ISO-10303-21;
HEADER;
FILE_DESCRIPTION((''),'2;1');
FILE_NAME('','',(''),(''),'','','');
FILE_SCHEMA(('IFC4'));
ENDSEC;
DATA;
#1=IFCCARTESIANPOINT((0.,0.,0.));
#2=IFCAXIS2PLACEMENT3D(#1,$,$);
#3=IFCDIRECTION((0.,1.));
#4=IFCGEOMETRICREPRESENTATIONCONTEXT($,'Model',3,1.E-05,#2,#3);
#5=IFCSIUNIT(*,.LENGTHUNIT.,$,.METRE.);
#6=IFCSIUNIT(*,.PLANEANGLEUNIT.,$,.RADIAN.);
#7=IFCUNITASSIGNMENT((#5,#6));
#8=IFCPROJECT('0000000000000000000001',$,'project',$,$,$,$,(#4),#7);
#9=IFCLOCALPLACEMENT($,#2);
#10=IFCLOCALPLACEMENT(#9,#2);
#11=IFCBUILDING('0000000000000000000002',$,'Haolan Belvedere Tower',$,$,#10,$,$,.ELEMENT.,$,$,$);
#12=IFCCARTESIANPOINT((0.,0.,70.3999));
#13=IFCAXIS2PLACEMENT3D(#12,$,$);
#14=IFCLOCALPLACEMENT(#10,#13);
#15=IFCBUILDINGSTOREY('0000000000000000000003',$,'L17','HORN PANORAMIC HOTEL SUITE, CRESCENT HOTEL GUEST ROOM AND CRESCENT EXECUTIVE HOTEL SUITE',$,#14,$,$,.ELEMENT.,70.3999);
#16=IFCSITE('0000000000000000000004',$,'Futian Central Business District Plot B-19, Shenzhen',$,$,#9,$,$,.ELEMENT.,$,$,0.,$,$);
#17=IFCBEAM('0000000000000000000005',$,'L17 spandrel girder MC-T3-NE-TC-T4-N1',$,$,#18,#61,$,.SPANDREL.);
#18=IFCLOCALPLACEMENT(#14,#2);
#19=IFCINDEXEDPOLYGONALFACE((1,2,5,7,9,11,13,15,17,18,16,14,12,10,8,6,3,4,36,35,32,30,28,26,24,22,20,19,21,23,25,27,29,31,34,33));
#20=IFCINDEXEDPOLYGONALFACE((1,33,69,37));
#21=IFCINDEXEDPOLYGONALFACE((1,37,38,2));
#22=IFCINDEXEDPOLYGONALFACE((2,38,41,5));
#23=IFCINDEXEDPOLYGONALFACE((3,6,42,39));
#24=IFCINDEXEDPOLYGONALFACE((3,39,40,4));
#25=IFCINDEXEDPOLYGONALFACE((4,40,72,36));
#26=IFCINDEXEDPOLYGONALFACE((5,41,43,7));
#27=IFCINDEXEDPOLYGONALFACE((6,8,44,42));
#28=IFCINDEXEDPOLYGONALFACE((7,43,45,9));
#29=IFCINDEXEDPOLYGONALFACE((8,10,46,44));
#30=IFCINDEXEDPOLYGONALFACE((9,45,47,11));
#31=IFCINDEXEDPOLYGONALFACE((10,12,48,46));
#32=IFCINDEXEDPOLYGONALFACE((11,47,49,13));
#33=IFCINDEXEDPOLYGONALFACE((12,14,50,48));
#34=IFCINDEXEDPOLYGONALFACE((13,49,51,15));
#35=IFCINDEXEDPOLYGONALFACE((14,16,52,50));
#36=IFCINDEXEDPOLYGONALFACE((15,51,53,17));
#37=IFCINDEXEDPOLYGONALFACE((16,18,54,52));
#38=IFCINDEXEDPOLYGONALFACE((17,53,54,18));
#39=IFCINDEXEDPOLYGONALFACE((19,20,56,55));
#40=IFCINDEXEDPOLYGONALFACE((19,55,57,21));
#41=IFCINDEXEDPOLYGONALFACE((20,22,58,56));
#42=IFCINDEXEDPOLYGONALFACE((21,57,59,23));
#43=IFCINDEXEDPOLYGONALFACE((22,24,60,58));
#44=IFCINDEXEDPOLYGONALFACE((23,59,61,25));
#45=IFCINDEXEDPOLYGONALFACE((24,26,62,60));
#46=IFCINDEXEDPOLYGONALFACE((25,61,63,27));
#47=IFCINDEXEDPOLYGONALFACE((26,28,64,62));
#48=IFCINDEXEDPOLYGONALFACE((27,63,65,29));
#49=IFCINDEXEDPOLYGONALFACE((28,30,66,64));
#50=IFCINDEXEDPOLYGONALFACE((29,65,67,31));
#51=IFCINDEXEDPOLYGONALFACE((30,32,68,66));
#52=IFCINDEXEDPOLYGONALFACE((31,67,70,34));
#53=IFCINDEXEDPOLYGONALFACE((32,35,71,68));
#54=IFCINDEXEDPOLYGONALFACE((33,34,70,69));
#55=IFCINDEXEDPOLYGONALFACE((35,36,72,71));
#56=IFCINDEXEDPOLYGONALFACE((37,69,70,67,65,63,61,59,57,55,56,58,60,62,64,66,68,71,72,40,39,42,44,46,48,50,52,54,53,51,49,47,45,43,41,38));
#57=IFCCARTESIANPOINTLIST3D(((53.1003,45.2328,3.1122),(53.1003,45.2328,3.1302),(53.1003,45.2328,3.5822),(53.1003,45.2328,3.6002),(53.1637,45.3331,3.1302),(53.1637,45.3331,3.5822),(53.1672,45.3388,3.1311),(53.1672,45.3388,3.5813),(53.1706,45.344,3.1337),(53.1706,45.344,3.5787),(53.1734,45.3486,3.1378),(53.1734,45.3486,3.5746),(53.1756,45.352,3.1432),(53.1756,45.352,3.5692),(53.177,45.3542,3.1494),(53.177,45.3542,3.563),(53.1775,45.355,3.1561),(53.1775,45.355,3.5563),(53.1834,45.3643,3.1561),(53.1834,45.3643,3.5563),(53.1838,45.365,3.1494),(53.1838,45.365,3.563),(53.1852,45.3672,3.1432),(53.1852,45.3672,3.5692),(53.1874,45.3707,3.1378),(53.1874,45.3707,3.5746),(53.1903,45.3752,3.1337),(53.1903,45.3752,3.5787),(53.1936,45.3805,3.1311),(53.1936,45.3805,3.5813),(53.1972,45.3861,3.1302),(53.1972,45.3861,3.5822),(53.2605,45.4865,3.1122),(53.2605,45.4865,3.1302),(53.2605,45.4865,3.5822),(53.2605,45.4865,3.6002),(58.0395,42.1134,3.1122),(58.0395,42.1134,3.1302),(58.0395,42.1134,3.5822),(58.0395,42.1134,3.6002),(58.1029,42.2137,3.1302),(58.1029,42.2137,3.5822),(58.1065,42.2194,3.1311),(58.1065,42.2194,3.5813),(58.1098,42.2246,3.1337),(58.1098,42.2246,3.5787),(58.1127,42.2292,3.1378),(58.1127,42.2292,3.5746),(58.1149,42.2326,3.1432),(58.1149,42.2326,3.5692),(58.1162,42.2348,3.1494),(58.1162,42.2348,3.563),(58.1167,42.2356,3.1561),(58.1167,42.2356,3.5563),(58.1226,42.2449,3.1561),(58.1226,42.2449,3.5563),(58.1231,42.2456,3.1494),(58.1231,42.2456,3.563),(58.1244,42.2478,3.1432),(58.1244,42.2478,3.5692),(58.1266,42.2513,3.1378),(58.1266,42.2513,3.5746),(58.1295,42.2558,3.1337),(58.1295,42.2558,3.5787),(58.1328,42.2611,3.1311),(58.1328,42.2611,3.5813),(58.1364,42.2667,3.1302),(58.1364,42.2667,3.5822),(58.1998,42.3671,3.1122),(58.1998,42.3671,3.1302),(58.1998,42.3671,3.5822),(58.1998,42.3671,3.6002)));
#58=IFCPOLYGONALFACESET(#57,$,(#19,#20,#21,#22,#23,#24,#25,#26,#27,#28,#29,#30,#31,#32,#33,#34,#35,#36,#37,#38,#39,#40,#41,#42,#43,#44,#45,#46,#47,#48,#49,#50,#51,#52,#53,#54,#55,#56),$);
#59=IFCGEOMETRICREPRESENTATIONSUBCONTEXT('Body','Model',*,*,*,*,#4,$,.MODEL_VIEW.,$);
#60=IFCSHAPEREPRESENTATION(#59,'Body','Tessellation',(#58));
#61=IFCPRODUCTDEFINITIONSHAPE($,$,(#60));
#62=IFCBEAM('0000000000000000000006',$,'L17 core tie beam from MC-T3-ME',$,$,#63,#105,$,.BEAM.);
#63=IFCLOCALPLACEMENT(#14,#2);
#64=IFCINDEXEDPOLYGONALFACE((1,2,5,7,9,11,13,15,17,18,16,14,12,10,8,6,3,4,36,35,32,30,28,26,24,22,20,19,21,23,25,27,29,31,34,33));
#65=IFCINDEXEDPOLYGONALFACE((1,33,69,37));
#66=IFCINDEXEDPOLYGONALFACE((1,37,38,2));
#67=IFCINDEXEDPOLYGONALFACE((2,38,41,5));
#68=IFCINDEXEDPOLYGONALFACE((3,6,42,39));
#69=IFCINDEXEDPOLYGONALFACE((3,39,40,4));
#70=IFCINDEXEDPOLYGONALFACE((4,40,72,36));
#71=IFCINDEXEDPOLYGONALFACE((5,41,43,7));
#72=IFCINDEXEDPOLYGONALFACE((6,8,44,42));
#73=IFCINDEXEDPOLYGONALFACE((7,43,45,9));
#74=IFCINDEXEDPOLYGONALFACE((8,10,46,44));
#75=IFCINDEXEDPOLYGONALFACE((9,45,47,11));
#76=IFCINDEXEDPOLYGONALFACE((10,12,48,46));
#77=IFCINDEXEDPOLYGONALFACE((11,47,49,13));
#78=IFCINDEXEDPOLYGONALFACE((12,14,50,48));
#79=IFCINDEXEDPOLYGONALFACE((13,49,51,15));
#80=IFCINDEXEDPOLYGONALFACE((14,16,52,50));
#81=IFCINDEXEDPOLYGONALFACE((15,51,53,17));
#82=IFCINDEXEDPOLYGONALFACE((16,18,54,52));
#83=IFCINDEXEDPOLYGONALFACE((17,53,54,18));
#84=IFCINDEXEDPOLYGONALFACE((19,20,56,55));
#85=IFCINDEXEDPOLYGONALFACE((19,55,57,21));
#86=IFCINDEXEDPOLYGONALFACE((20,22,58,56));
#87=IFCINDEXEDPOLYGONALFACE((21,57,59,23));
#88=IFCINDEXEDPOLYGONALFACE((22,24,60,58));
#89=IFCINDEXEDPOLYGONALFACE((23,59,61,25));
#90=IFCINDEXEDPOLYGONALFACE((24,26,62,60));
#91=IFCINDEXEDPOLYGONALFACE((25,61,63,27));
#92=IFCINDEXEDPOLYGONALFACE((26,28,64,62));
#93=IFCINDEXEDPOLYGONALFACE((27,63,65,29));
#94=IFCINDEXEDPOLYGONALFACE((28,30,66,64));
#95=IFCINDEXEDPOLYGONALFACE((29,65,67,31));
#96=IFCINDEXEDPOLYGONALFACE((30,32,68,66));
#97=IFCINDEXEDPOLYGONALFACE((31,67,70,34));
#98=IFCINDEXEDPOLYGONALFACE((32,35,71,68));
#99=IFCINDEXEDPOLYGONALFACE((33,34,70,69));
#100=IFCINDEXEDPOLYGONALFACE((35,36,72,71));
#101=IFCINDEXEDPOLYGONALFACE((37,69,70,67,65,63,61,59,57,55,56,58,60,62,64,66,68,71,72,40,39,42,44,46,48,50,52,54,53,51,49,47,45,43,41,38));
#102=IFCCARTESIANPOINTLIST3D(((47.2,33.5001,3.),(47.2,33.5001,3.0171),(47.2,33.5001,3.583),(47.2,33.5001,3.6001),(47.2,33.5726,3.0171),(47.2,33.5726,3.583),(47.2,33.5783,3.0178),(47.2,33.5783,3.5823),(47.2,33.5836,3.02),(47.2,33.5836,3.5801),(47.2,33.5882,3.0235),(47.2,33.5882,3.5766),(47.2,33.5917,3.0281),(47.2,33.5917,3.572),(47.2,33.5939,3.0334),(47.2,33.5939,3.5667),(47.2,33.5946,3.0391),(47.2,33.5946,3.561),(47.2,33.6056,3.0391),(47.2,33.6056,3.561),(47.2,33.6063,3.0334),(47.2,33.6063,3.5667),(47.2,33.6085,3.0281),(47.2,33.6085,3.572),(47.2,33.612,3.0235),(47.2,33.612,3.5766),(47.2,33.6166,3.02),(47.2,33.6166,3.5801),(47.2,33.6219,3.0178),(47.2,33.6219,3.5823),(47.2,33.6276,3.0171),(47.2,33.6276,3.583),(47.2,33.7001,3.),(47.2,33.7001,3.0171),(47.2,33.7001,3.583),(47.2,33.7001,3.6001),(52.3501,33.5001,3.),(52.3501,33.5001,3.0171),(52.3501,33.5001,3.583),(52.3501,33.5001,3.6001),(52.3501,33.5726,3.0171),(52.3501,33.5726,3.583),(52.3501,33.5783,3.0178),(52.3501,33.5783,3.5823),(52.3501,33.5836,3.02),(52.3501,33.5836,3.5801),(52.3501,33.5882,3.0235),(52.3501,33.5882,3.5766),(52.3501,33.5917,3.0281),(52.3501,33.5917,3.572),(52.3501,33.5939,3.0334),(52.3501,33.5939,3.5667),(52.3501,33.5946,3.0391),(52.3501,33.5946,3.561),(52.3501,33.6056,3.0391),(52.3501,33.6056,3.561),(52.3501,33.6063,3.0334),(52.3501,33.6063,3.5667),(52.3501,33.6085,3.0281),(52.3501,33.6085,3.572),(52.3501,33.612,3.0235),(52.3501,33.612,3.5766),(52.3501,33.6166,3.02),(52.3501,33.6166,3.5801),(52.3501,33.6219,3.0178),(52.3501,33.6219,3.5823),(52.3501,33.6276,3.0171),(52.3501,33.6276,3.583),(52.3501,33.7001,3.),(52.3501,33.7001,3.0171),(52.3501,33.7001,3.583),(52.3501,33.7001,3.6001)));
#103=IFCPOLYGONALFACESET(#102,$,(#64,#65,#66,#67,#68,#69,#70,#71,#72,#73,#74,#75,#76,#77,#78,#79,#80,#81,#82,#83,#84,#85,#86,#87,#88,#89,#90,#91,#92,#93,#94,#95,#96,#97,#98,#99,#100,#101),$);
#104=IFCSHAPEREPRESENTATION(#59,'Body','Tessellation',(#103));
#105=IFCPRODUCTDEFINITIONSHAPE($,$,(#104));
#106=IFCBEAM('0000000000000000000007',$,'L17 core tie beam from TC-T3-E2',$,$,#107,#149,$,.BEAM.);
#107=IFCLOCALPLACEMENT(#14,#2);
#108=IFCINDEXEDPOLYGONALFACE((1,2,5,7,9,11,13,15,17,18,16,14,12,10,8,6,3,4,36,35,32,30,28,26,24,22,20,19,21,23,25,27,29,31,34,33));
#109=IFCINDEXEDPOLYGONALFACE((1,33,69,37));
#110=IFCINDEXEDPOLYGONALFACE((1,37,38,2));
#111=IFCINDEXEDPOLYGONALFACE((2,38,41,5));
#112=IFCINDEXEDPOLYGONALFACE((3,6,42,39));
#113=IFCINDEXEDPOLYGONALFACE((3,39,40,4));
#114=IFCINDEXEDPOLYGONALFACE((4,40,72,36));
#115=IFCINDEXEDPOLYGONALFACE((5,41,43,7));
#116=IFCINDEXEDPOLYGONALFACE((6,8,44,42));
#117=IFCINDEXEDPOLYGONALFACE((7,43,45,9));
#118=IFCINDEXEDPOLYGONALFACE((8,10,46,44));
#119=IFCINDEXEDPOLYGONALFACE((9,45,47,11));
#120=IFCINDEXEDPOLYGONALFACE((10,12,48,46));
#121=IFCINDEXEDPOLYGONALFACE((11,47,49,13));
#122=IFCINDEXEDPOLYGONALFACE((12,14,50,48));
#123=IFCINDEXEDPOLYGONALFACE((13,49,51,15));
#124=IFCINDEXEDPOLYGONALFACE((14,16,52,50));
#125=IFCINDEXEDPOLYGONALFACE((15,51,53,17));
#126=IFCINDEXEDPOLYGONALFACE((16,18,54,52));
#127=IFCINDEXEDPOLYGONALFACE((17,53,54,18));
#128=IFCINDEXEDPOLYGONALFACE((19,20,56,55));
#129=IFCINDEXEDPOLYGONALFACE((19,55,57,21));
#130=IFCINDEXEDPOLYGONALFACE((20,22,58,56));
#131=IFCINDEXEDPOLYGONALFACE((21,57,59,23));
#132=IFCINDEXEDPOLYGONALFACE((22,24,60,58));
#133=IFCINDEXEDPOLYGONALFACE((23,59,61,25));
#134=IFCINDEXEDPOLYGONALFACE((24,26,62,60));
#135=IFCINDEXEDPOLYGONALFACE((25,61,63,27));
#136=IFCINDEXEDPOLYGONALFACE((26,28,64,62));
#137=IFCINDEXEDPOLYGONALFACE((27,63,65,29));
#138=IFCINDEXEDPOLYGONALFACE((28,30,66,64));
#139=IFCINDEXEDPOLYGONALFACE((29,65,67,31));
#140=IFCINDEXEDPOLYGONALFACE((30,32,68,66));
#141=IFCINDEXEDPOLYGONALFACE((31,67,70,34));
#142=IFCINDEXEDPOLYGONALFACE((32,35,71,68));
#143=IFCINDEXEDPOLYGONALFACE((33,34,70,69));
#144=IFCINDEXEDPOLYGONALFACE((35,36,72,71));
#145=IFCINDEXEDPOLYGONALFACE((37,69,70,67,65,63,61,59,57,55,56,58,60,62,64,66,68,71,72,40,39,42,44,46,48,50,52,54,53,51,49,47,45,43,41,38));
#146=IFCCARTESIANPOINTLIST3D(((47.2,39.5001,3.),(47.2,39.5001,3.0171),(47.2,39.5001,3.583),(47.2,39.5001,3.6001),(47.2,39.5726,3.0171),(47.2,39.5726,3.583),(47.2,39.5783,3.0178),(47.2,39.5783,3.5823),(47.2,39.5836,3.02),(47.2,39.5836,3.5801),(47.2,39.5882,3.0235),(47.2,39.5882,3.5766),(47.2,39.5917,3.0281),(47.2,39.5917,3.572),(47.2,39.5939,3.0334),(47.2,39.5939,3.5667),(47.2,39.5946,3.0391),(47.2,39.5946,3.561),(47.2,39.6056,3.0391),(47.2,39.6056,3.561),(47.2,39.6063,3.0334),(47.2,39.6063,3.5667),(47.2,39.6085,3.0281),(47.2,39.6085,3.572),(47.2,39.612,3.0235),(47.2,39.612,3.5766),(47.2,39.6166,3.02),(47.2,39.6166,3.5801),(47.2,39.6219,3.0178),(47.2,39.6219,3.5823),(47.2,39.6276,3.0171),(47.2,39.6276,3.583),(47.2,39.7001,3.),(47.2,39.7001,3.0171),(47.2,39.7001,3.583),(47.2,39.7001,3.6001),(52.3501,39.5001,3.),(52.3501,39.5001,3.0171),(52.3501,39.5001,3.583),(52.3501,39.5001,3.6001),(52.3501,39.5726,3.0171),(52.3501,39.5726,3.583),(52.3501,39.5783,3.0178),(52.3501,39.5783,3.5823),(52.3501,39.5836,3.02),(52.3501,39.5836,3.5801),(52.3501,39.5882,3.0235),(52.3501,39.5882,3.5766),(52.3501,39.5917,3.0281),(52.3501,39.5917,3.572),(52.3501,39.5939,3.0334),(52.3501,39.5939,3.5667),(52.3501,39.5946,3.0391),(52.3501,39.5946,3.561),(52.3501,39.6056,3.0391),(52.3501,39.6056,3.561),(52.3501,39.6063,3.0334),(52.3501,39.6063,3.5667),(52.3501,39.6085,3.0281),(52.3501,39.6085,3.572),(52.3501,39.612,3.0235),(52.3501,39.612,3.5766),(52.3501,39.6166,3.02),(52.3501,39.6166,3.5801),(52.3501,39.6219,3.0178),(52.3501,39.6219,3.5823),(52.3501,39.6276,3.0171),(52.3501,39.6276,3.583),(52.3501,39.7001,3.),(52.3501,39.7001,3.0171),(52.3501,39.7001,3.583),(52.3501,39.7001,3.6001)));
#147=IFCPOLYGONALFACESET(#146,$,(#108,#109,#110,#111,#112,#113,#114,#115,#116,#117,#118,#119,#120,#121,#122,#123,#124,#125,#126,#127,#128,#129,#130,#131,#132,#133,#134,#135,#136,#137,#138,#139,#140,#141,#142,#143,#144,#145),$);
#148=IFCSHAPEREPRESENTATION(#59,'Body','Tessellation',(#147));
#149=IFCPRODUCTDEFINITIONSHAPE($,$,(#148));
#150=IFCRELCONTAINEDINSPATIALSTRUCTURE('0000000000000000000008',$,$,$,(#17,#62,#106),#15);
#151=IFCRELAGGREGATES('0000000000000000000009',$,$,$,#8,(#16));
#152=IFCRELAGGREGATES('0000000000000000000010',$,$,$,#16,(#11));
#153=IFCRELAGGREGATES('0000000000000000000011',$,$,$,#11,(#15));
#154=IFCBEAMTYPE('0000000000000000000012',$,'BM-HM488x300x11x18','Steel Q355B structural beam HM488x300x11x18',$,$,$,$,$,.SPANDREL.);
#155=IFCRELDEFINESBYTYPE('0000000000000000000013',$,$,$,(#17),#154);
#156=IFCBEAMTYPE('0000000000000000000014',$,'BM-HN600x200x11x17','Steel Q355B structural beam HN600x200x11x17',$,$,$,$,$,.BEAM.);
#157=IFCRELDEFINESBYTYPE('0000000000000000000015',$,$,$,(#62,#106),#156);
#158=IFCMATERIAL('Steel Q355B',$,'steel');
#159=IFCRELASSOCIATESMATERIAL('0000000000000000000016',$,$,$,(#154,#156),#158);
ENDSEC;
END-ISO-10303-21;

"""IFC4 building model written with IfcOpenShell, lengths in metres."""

from ifc_helpers import new_model, si_unit, direction, frame, origin, origin_2d, place, context, subcontext, project, spatial, i_section, extrude, material, material_profile, profile_set, type_object, element, save


model = new_model("IFC4")

# Units and contexts
model_context = context("Model", 3, precision=1e-05, world=origin(), true_north=direction((0.0, 1.0)))
body_context = subcontext(model_context, "Body", "Model", "MODEL_VIEW")
ifc_project = project(units=[si_unit("LENGTHUNIT", "METRE"), si_unit("PLANEANGLEUNIT", "RADIAN")], contexts=[model_context])

# Site, building, storey
site_placement = place(None, origin())
site = spatial("IfcSite", under=ifc_project, at=site_placement, Name="Futian Central Business District Plot B-19, Shenzhen", CompositionType="ELEMENT", RefElevation=0.0)
building_placement = place(site_placement, origin())
building = spatial("IfcBuilding", under=site, at=building_placement, Name="Haolan Belvedere Tower", CompositionType="ELEMENT")
storey_placement = place(building_placement, frame((0.0, 0.0, 70.3999)))
storey = spatial("IfcBuildingStorey", under=building, at=storey_placement, Name="L17", Description="HORN PANORAMIC HOTEL SUITE, CRESCENT HOTEL GUEST ROOM AND CRESCENT EXECUTIVE HOTEL SUITE", CompositionType="ELEMENT", Elevation=70.3999)

# Shared definitions
ifc_material_1 = material(Name="Steel Q355B", Category="steel")

# Beams
ifc_material_profile_1 = material_profile(ifc_material_1, i_section(OverallWidth=0.3, OverallDepth=0.488, WebThickness=0.011, FlangeThickness=0.0181, FilletRadius=0.0259, at=origin_2d()), Name="Steel Q355B")
ifc_profile_set_1 = profile_set([ifc_material_profile_1], Name="Steel Q355B")
beam_type_1 = type_object("IfcBeamType", Name="BM-HM488x300x11x18", Description="Steel Q355B structural beam HM488x300x11x18", PredefinedType="SPANDREL", material=ifc_profile_set_1)
beam_placement = place(storey_placement, frame((53.1804, 45.3596, 3.3562), z_axis=(0.845498, -0.533979, 0.0), x_axis=(0.533979, 0.845498, 0.0)))
element("IfcBeam", 1, at=beam_placement, inside=storey, type_object=beam_type_1, Name="L17 spandrel girder MC-T3-NE-TC-T4-N1", PredefinedType="SPANDREL", context=body_context, shape_type="SweptSolid", body=[
    extrude(i_section(OverallWidth=0.3, OverallDepth=0.488, WebThickness=0.011, FlangeThickness=0.0181, FilletRadius=0.0259, at=origin_2d()), origin(), (0.0, 0.0, 1.0), 5.8418),
])
ifc_material_profile_2 = material_profile(ifc_material_1, i_section(OverallWidth=0.2, OverallDepth=0.6001, WebThickness=0.011, FlangeThickness=0.0171, FilletRadius=0.022, at=origin_2d()), Name="Steel Q355B")
ifc_profile_set_2 = profile_set([ifc_material_profile_2], Name="Steel Q355B")
beam_type_2 = type_object("IfcBeamType", Name="BM-HN600x200x11x17", Description="Steel Q355B structural beam HN600x200x11x17", PredefinedType="BEAM", material=ifc_profile_set_2)
for number, where, z_axis, x_axis, name in (
    (2, (52.3501, 33.6001, 3.3), (-1.0, 0.0, 0.0), (0.0, -1.0, 0.0), "L17 core tie beam from MC-T3-ME"),
    (3, (52.3501, 39.6001, 3.3), (-1.0, 0.0, 0.0), (0.0, -1.0, 0.0), "L17 core tie beam from TC-T3-E2"),
):
    element("IfcBeam", number, at=place(storey_placement, frame(where, z_axis=z_axis, x_axis=x_axis)), inside=storey, type_object=beam_type_2, Name=name, PredefinedType="BEAM", context=body_context, shape_type="SweptSolid", body=[
        extrude(i_section(OverallWidth=0.2, OverallDepth=0.6001, WebThickness=0.011, FlangeThickness=0.0171, FilletRadius=0.022, at=origin_2d()), origin(), (0.0, 0.0, 1.0), 5.1501),
    ])

save(model, "model.ifc")
